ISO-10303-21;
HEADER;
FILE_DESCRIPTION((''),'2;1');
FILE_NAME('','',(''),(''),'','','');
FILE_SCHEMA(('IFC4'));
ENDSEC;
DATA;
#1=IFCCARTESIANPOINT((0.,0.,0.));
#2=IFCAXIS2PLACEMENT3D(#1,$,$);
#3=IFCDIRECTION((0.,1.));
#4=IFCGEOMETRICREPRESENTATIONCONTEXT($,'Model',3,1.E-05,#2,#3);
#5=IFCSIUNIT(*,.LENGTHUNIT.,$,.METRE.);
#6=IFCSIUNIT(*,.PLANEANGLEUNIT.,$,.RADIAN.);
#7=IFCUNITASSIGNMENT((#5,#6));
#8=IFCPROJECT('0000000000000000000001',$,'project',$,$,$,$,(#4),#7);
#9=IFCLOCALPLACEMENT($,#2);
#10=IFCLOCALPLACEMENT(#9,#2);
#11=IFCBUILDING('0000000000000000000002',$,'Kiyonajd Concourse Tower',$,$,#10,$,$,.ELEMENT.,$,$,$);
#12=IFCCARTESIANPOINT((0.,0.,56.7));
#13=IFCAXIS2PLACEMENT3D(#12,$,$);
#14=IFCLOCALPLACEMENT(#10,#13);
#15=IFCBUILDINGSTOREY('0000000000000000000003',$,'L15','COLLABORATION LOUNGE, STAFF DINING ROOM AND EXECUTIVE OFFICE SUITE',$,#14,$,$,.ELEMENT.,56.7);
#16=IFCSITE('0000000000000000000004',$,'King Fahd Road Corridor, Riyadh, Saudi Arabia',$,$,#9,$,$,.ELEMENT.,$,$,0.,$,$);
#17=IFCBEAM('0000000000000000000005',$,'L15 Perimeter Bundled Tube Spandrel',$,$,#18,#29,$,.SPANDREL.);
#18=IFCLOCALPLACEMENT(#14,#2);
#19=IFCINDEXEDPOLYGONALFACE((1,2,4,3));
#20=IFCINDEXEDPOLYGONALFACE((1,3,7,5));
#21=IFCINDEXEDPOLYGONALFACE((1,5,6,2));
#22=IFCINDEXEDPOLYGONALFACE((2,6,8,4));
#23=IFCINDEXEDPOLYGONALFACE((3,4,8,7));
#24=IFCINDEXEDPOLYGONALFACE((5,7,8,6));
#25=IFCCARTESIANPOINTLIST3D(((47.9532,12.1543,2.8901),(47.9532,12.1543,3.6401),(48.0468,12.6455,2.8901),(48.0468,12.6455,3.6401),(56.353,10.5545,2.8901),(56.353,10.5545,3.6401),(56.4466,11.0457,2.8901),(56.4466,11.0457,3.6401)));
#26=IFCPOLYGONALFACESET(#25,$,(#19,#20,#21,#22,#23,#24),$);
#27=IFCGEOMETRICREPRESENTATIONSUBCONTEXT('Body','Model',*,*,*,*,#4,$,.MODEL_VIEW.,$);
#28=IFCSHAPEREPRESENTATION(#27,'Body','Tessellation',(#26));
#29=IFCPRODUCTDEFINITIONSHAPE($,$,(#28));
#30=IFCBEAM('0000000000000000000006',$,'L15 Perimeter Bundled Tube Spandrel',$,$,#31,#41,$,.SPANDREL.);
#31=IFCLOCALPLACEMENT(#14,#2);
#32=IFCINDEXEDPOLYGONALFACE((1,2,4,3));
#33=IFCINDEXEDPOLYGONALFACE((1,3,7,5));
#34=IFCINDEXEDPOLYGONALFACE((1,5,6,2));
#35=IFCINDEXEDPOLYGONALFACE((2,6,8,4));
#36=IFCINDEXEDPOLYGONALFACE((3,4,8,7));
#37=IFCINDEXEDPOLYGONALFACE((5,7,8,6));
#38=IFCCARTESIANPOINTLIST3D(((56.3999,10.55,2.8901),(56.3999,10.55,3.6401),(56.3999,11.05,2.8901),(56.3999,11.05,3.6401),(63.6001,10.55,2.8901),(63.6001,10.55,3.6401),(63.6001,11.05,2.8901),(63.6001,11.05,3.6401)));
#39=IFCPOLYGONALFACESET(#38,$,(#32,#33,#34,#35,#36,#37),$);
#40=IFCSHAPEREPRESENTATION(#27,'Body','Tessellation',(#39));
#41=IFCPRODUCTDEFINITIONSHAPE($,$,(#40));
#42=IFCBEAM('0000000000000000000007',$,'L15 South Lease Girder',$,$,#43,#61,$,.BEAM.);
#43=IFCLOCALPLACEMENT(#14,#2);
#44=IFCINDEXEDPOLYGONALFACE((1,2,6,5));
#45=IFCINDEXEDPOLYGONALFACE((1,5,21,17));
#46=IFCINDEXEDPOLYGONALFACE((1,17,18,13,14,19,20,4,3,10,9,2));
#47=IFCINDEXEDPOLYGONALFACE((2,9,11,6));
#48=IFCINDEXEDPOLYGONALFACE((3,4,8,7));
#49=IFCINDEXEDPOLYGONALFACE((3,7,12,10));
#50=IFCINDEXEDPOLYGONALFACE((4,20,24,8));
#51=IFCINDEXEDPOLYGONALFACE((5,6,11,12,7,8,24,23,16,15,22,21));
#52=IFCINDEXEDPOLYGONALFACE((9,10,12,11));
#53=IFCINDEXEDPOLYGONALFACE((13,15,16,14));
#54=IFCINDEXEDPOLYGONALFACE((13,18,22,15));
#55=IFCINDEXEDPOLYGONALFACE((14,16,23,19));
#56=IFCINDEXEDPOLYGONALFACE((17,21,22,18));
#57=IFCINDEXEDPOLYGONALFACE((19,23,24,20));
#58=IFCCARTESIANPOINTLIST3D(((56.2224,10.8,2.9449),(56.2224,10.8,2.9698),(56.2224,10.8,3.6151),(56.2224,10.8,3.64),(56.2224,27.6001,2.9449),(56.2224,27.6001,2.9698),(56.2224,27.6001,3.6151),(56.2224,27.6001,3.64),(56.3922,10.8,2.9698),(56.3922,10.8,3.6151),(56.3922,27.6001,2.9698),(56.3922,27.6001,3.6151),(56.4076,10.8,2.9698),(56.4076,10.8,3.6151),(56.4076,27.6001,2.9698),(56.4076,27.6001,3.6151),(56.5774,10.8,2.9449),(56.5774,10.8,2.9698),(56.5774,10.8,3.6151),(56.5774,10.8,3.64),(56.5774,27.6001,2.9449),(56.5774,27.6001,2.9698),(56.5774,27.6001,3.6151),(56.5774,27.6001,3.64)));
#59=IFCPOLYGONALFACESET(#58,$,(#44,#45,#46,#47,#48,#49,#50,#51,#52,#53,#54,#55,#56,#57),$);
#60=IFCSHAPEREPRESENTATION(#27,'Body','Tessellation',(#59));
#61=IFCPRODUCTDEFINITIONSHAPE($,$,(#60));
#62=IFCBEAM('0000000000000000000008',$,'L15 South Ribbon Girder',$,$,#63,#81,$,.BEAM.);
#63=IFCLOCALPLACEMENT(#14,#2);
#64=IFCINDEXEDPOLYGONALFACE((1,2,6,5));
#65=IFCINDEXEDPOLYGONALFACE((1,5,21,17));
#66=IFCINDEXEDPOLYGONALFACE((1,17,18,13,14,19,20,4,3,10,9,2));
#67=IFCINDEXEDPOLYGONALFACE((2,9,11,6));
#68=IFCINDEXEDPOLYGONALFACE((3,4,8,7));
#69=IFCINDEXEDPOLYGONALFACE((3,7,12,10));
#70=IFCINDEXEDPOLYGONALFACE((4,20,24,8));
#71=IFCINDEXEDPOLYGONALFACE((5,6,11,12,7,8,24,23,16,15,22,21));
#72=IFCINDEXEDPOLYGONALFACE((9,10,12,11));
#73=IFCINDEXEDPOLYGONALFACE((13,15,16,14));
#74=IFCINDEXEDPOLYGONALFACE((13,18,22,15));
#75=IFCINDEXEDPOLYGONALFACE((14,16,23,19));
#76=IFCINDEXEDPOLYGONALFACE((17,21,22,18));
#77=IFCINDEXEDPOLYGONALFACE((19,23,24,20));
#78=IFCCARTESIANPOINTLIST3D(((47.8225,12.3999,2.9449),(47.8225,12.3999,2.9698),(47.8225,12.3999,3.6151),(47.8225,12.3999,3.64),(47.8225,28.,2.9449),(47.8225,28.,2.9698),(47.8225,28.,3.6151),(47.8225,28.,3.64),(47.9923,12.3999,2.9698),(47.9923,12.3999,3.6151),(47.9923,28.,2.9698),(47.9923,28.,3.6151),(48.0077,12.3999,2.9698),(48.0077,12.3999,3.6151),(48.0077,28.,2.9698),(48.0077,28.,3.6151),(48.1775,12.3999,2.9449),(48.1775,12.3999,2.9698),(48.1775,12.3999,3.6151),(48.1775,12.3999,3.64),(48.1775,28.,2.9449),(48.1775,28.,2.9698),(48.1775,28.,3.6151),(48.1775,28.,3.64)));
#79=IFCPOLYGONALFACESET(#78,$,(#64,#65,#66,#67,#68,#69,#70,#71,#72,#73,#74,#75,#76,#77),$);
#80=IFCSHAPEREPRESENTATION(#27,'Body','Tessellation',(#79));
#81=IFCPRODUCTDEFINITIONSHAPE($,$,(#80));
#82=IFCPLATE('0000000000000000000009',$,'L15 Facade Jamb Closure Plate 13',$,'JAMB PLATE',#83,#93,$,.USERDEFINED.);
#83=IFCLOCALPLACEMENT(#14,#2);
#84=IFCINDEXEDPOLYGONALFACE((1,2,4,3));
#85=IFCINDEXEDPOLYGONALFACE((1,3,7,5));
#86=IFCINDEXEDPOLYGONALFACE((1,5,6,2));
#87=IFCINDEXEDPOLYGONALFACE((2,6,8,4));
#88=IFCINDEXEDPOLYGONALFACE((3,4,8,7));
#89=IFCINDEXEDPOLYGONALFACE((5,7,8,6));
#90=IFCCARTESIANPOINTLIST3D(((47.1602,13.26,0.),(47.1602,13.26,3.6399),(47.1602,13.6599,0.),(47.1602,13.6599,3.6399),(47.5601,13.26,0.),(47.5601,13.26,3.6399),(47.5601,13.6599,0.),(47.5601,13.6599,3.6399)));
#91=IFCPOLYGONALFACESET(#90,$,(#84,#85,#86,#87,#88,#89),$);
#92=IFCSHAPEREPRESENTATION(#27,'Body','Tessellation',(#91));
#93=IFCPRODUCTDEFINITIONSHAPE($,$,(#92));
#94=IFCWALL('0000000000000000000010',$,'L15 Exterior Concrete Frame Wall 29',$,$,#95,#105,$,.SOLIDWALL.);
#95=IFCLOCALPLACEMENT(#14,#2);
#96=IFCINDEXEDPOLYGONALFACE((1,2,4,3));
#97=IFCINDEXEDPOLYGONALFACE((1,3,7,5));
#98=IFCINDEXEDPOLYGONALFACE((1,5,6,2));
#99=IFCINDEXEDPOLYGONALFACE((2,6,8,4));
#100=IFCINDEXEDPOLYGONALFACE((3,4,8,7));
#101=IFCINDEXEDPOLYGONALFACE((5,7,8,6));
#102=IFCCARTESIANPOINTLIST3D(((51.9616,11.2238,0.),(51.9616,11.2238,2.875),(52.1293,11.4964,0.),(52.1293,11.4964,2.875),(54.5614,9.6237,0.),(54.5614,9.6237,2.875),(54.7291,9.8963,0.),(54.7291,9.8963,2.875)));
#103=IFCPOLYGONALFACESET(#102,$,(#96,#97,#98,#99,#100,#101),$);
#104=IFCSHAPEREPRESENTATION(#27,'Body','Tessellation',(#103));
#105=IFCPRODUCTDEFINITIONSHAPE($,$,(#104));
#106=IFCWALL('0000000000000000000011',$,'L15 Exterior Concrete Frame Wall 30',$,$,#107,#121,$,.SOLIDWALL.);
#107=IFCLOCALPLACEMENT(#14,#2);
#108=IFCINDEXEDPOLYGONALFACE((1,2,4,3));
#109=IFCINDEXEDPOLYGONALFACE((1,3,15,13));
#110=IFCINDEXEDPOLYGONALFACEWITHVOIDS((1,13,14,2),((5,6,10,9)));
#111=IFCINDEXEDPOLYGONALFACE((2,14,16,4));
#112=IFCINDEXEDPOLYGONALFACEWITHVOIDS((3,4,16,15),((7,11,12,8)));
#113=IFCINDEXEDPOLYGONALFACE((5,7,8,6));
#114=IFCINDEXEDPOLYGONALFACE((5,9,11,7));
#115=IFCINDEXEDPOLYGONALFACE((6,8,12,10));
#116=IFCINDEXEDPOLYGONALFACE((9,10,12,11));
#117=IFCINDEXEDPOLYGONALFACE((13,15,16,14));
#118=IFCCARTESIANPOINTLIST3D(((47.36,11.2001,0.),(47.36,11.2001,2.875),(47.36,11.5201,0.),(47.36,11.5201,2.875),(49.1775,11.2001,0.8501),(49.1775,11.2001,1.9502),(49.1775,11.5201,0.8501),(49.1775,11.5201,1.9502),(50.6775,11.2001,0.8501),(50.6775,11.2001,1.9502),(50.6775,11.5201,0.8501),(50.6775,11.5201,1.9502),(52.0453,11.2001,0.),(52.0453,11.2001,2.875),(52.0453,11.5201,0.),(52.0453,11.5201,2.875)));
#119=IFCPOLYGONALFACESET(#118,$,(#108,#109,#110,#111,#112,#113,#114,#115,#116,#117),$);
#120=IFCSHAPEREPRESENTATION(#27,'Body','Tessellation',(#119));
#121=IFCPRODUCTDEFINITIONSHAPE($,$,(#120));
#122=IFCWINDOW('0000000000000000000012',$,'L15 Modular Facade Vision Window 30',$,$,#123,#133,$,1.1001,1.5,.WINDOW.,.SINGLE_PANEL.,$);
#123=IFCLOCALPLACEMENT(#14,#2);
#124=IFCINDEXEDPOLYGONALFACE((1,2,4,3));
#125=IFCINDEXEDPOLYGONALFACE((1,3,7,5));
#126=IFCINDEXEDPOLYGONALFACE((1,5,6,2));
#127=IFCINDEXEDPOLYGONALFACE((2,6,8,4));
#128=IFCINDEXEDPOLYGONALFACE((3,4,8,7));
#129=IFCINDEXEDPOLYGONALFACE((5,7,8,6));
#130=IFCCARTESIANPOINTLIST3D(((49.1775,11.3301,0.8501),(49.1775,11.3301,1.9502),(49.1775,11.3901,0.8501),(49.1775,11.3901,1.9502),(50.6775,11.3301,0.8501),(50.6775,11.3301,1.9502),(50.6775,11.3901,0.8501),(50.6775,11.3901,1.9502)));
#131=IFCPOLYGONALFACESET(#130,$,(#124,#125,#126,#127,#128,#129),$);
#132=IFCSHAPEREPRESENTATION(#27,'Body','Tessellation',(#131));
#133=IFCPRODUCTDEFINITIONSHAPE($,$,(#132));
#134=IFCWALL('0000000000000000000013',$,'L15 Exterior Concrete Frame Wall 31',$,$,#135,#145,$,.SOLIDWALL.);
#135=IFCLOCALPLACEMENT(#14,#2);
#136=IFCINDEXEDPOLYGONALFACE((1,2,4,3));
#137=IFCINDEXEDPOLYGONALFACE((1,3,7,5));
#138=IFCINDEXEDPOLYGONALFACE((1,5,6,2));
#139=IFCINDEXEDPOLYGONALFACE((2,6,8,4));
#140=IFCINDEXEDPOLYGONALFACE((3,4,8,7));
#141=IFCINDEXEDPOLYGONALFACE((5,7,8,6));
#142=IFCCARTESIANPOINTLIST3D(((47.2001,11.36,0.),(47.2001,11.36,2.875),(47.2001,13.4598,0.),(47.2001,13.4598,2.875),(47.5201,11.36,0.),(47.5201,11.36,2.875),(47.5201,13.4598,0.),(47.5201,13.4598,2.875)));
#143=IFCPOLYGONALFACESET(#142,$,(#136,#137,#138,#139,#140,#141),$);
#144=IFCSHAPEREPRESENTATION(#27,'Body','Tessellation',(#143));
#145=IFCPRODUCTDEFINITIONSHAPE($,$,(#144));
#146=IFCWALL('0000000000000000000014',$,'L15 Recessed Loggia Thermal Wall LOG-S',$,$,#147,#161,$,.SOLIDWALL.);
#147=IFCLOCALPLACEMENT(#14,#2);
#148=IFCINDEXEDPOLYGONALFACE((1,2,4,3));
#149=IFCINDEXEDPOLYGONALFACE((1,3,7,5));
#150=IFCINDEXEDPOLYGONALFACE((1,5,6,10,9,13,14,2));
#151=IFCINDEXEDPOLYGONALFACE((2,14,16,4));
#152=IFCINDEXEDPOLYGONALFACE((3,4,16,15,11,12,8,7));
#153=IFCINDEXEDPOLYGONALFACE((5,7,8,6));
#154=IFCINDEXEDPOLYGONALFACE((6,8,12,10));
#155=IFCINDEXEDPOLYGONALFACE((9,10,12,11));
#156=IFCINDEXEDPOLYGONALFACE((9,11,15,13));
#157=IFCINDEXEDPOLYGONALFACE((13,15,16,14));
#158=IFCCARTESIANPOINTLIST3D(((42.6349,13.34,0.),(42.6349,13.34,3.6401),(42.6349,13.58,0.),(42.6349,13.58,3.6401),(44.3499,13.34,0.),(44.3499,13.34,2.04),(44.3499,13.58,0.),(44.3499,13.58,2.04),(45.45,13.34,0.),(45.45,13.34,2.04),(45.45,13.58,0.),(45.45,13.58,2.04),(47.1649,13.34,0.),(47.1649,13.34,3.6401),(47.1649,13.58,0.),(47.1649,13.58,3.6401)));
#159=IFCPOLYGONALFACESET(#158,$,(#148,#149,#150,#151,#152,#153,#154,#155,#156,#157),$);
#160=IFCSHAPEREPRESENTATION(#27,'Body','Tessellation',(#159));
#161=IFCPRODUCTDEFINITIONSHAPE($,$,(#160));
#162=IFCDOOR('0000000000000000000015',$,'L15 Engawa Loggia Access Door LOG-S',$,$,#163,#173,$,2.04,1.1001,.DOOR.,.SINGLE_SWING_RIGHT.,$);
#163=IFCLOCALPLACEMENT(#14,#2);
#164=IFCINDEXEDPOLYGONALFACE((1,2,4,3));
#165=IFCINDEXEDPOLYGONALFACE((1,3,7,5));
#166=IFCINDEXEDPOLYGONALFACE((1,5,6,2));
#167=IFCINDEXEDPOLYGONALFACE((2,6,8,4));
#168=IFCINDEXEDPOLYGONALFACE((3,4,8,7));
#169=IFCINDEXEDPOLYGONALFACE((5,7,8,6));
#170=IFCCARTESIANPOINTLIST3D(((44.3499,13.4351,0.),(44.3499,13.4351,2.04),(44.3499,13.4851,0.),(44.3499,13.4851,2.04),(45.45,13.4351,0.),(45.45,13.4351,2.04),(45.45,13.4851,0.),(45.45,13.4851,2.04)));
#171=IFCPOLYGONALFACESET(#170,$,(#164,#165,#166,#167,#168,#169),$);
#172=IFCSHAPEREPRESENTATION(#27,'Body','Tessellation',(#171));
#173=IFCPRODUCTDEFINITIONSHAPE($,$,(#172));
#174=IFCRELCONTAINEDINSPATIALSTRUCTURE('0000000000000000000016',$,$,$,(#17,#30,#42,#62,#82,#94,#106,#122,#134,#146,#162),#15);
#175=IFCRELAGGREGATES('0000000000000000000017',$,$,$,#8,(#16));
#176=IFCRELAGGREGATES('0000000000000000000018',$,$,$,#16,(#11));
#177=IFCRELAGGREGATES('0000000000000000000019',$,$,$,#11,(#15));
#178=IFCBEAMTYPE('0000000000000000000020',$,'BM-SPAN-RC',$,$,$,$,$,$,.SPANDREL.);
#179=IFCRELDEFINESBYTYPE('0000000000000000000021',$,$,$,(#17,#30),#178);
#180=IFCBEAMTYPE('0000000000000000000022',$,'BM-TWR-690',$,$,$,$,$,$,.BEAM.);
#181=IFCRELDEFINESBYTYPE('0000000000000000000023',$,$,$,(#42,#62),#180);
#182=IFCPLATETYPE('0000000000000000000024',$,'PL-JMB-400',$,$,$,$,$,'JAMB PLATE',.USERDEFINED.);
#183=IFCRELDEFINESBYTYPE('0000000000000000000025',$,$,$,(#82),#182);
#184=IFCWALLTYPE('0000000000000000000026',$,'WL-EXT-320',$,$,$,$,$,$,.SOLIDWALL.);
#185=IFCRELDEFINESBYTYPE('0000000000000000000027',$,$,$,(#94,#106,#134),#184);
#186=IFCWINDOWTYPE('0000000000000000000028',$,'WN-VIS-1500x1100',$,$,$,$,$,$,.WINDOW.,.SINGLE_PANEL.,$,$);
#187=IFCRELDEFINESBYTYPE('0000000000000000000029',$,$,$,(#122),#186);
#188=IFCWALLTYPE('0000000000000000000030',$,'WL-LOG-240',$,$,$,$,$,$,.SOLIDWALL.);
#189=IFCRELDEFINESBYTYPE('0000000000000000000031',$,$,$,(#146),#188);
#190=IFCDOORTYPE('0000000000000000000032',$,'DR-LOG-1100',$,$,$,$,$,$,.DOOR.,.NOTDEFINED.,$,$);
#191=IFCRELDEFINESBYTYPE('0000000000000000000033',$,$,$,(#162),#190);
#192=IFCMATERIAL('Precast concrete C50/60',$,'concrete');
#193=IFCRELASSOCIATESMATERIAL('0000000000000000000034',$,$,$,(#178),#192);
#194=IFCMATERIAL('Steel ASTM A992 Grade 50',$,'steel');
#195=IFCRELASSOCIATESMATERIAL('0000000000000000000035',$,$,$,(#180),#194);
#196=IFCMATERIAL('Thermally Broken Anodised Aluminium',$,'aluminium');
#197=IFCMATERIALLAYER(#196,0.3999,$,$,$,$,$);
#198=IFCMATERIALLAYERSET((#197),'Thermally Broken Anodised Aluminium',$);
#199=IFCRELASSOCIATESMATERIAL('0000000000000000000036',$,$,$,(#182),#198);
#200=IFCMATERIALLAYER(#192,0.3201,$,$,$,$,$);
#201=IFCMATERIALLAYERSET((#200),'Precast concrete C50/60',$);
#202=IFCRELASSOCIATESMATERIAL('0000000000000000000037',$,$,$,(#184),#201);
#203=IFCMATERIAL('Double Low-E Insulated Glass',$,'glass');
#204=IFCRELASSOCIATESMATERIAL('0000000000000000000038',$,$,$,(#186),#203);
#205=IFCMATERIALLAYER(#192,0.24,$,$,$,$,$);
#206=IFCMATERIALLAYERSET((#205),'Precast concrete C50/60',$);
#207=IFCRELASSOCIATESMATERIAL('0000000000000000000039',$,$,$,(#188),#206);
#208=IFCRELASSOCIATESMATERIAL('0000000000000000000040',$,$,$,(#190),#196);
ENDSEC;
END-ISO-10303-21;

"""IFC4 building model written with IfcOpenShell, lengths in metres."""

from ifc_helpers import new_model, si_unit, direction, frame, frame_2d, origin, origin_2d, place, context, subcontext, project, spatial, rectangle, i_section, extrude, material, layer, layer_set, material_profile, profile_set, type_object, element, fill, save


model = new_model("IFC4")

# Units and contexts
model_context = context("Model", 3, precision=1e-05, world=origin(), true_north=direction((0.0, 1.0)))
body_context = subcontext(model_context, "Body", "Model", "MODEL_VIEW")
ifc_project = project(units=[si_unit("LENGTHUNIT", "METRE"), si_unit("PLANEANGLEUNIT", "RADIAN")], contexts=[model_context])

# Site, building, storey
site_placement = place(None, origin())
site = spatial("IfcSite", under=ifc_project, at=site_placement, Name="King Fahd Road Corridor, Riyadh, Saudi Arabia", CompositionType="ELEMENT", RefElevation=0.0)
building_placement = place(site_placement, origin())
building = spatial("IfcBuilding", under=site, at=building_placement, Name="Kiyonajd Concourse Tower", CompositionType="ELEMENT")
storey_placement = place(building_placement, frame((0.0, 0.0, 56.7)))
storey = spatial("IfcBuildingStorey", under=building, at=storey_placement, Name="L15", Description="COLLABORATION LOUNGE, STAFF DINING ROOM AND EXECUTIVE OFFICE SUITE", CompositionType="ELEMENT", Elevation=56.7)

# Beams
ifc_material_1 = material(Name="Steel ASTM A992 Grade 50", Category="steel")
ifc_material_2 = material(Name="Precast concrete C50/60", Category="concrete")
ifc_material_profile_1 = material_profile(ifc_material_2, rectangle(XDim=0.5, YDim=0.75, at=origin_2d()), Name="RCBM-500x750")
ifc_profile_set_1 = profile_set([ifc_material_profile_1], Name="Precast concrete C50/60")
beam_type_1 = type_object("IfcBeamType", Name="BM-SPAN-RC", PredefinedType="SPANDREL", material=ifc_profile_set_1)
beam_1_placement = place(storey_placement, frame((48.0, 12.3999, 3.2651), z_axis=(0.982341, -0.187098, 0.0), x_axis=(0.187098, 0.982341, 0.0)))
element("IfcBeam", 1, at=beam_1_placement, inside=storey, type_object=beam_type_1, Name="L15 Perimeter Bundled Tube Spandrel", PredefinedType="SPANDREL", context=body_context, shape_type="SweptSolid", body=[
    extrude(rectangle(XDim=0.5, YDim=0.75, at=origin_2d()), origin(), (0.0, 0.0, 1.0), 8.5508),
])
beam_2_placement = place(storey_placement, frame((56.3999, 10.8, 3.2651), z_axis=(1.0, 0.0, 0.0), x_axis=(0.0, 1.0, 0.0)))
element("IfcBeam", 2, at=beam_2_placement, inside=storey, type_object=beam_type_1, Name="L15 Perimeter Bundled Tube Spandrel", PredefinedType="SPANDREL", context=body_context, shape_type="SweptSolid", body=[
    extrude(rectangle(XDim=0.5, YDim=0.75, at=origin_2d()), origin(), (0.0, 0.0, 1.0), 7.2002),
])
ifc_material_profile_2 = material_profile(ifc_material_1, i_section(OverallWidth=0.355, OverallDepth=0.6951, WebThickness=0.0154, FlangeThickness=0.0249, at=origin_2d()), Name="W690X217")
ifc_profile_set_2 = profile_set([ifc_material_profile_2], Name="Steel ASTM A992 Grade 50")
beam_type_2 = type_object("IfcBeamType", Name="BM-TWR-690", PredefinedType="BEAM", material=ifc_profile_set_2)
beam_3_placement = place(storey_placement, frame((56.3999, 10.8, 3.2925), z_axis=(0.0, 1.0, 0.0), x_axis=(-1.0, 0.0, 0.0)))
element("IfcBeam", 3, at=beam_3_placement, inside=storey, type_object=beam_type_2, Name="L15 South Lease Girder", PredefinedType="BEAM", context=body_context, shape_type="SweptSolid", body=[
    extrude(i_section(OverallWidth=0.355, OverallDepth=0.6951, WebThickness=0.0154, FlangeThickness=0.0249, at=origin_2d()), origin(), (0.0, 0.0, 1.0), 16.8),
])
beam_4_placement = place(storey_placement, frame((48.0, 12.3999, 3.2925), z_axis=(0.0, 1.0, 0.0), x_axis=(-1.0, 0.0, 0.0)))
element("IfcBeam", 4, at=beam_4_placement, inside=storey, type_object=beam_type_2, Name="L15 South Ribbon Girder", PredefinedType="BEAM", context=body_context, shape_type="SweptSolid", body=[
    extrude(i_section(OverallWidth=0.355, OverallDepth=0.6951, WebThickness=0.0154, FlangeThickness=0.0249, at=origin_2d()), origin(), (0.0, 0.0, 1.0), 15.6001),
])

# Plate
ifc_material_3 = material(Name="Thermally Broken Anodised Aluminium", Category="aluminium")
ifc_layer_1 = layer(ifc_material_3, 0.3999)
ifc_layer_set_1 = layer_set([ifc_layer_1], Name="Thermally Broken Anodised Aluminium")
plate_type = type_object("IfcPlateType", Name="PL-JMB-400", ElementType="JAMB PLATE", PredefinedType="USERDEFINED", material=ifc_layer_set_1)
plate_placement = place(storey_placement, frame((47.3601, 13.46, 0.0), z_axis=(0.0, 0.0, 1.0), x_axis=(1.0, 0.0, 0.0)))
element("IfcPlate", 5, at=plate_placement, inside=storey, type_object=plate_type, Name="L15 Facade Jamb Closure Plate 13", ObjectType="JAMB PLATE", PredefinedType="USERDEFINED", context=body_context, shape_type="SweptSolid", body=[
    extrude(rectangle(XDim=0.3999, YDim=0.3999, at=origin_2d()), origin(), (0.0, 0.0, 1.0), 3.6399),
])

# Wall
ifc_layer_2 = layer(ifc_material_2, 0.3201)
ifc_layer_set_2 = layer_set([ifc_layer_2], Name="Precast concrete C50/60")
wall_type_1 = type_object("IfcWallType", Name="WL-EXT-320", PredefinedType="SOLIDWALL", material=ifc_layer_set_2)
wall_1_placement = place(storey_placement, frame((54.6453, 9.76, 0.0), z_axis=(0.0, 0.0, 1.0), x_axis=(-0.851631, 0.524142, 0.0)))
element("IfcWall", 6, at=wall_1_placement, inside=storey, type_object=wall_type_1, Name="L15 Exterior Concrete Frame Wall 29", PredefinedType="SOLIDWALL", context=body_context, shape_type="SweptSolid", body=[
    extrude(rectangle(XDim=3.0527, YDim=0.3201, at=frame_2d((1.5264, 0.0))), origin(), (0.0, 0.0, 1.0), 2.875),
])

# Wall, opening, window
wall_2_placement = place(storey_placement, frame((52.0454, 11.3601, 0.0), z_axis=(0.0, 0.0, 1.0), x_axis=(-1.0, 0.0, 0.0)))
wall_2 = element("IfcWall", 7, at=wall_2_placement, inside=storey, type_object=wall_type_1, Name="L15 Exterior Concrete Frame Wall 30", PredefinedType="SOLIDWALL", context=body_context, shape_type="SweptSolid", body=[
    extrude(rectangle(XDim=4.6853, YDim=0.3201, at=frame_2d((2.3428, 0.0))), origin(), (0.0, 0.0, 1.0), 2.875),
])
opening_1_placement = place(wall_2_placement, frame((1.3679, 0.0, 0.8501)))
opening_1 = element("IfcOpeningElement", 8, at=opening_1_placement, cuts=wall_2, PredefinedType="OPENING", context=body_context, shape_type="SweptSolid", body=[
    extrude(rectangle(XDim=1.5, YDim=1.1001, at=frame_2d((0.75, 0.55))), frame((0.0, 0.1699, 0.0), z_axis=(0.0, -1.0, 0.0), x_axis=(1.0, 0.0, 0.0)), (0.0, 0.0, 1.0), 0.3401),
])
ifc_material_4 = material(Name="Double Low-E Insulated Glass", Category="glass")
window_type = type_object("IfcWindowType", Name="WN-VIS-1500x1100", PartitioningType="SINGLE_PANEL", PredefinedType="WINDOW", material=ifc_material_4)
window_placement = place(opening_1_placement, origin())
window = element("IfcWindow", 9, at=window_placement, inside=storey, type_object=window_type, Name="L15 Modular Facade Vision Window 30", OverallHeight=1.1001, OverallWidth=1.5, PartitioningType="SINGLE_PANEL", PredefinedType="WINDOW", context=body_context, shape_type="SweptSolid", body=[
    extrude(rectangle(XDim=1.5, YDim=1.1001, at=frame_2d((0.75, 0.55))), frame((0.0, 0.03, 0.0), z_axis=(0.0, -1.0, 0.0), x_axis=(1.0, 0.0, 0.0)), (0.0, 0.0, 1.0), 0.0601),
])
fill(opening_1, window)

# Wall
wall_3_placement = place(storey_placement, frame((47.3601, 11.3601, 0.0), z_axis=(0.0, 0.0, 1.0), x_axis=(0.0, 1.0, 0.0)))
element("IfcWall", 10, at=wall_3_placement, inside=storey, type_object=wall_type_1, Name="L15 Exterior Concrete Frame Wall 31", PredefinedType="SOLIDWALL", context=body_context, shape_type="SweptSolid", body=[
    extrude(rectangle(XDim=2.0999, YDim=0.3201, at=frame_2d((1.0498, 0.0))), origin(), (0.0, 0.0, 1.0), 2.875),
])

# Wall, opening, door
ifc_layer_3 = layer(ifc_material_2, 0.24)
ifc_layer_set_3 = layer_set([ifc_layer_3], Name="Precast concrete C50/60")
wall_type_2 = type_object("IfcWallType", Name="WL-LOG-240", PredefinedType="SOLIDWALL", material=ifc_layer_set_3)
wall_4_placement = place(storey_placement, frame((47.165, 13.46, 0.0), z_axis=(0.0, 0.0, 1.0), x_axis=(-1.0, 0.0, 0.0)))
wall_4 = element("IfcWall", 11, at=wall_4_placement, inside=storey, type_object=wall_type_2, Name="L15 Recessed Loggia Thermal Wall LOG-S", PredefinedType="SOLIDWALL", context=body_context, shape_type="SweptSolid", body=[
    extrude(rectangle(XDim=4.53, YDim=0.24, at=frame_2d((2.2651, 0.0))), origin(), (0.0, 0.0, 1.0), 3.6401),
])
opening_2_placement = place(wall_4_placement, frame((1.7151, 0.0, 0.0)))
opening_2 = element("IfcOpeningElement", 12, at=opening_2_placement, cuts=wall_4, PredefinedType="OPENING", context=body_context, shape_type="SweptSolid", body=[
    extrude(rectangle(XDim=1.1001, YDim=2.04, at=frame_2d((0.55, 1.02))), frame((0.0, 0.1299, 0.0), z_axis=(0.0, -1.0, 0.0), x_axis=(1.0, 0.0, 0.0)), (0.0, 0.0, 1.0), 0.26),
])
door_type = type_object("IfcDoorType", Name="DR-LOG-1100", OperationType="NOTDEFINED", PredefinedType="DOOR", material=ifc_material_3)
door_placement = place(opening_2_placement, origin())
door = element("IfcDoor", 13, at=door_placement, inside=storey, type_object=door_type, Name="L15 Engawa Loggia Access Door LOG-S", OperationType="SINGLE_SWING_RIGHT", OverallHeight=2.04, OverallWidth=1.1001, PredefinedType="DOOR", context=body_context, shape_type="SweptSolid", body=[
    extrude(rectangle(XDim=1.1001, YDim=2.04, at=frame_2d((0.55, 1.02))), frame((0.0, 0.0249, 0.0), z_axis=(0.0, -1.0, 0.0), x_axis=(1.0, 0.0, 0.0)), (0.0, 0.0, 1.0), 0.05),
])
fill(opening_2, door)

save(model, "model.ifc")
